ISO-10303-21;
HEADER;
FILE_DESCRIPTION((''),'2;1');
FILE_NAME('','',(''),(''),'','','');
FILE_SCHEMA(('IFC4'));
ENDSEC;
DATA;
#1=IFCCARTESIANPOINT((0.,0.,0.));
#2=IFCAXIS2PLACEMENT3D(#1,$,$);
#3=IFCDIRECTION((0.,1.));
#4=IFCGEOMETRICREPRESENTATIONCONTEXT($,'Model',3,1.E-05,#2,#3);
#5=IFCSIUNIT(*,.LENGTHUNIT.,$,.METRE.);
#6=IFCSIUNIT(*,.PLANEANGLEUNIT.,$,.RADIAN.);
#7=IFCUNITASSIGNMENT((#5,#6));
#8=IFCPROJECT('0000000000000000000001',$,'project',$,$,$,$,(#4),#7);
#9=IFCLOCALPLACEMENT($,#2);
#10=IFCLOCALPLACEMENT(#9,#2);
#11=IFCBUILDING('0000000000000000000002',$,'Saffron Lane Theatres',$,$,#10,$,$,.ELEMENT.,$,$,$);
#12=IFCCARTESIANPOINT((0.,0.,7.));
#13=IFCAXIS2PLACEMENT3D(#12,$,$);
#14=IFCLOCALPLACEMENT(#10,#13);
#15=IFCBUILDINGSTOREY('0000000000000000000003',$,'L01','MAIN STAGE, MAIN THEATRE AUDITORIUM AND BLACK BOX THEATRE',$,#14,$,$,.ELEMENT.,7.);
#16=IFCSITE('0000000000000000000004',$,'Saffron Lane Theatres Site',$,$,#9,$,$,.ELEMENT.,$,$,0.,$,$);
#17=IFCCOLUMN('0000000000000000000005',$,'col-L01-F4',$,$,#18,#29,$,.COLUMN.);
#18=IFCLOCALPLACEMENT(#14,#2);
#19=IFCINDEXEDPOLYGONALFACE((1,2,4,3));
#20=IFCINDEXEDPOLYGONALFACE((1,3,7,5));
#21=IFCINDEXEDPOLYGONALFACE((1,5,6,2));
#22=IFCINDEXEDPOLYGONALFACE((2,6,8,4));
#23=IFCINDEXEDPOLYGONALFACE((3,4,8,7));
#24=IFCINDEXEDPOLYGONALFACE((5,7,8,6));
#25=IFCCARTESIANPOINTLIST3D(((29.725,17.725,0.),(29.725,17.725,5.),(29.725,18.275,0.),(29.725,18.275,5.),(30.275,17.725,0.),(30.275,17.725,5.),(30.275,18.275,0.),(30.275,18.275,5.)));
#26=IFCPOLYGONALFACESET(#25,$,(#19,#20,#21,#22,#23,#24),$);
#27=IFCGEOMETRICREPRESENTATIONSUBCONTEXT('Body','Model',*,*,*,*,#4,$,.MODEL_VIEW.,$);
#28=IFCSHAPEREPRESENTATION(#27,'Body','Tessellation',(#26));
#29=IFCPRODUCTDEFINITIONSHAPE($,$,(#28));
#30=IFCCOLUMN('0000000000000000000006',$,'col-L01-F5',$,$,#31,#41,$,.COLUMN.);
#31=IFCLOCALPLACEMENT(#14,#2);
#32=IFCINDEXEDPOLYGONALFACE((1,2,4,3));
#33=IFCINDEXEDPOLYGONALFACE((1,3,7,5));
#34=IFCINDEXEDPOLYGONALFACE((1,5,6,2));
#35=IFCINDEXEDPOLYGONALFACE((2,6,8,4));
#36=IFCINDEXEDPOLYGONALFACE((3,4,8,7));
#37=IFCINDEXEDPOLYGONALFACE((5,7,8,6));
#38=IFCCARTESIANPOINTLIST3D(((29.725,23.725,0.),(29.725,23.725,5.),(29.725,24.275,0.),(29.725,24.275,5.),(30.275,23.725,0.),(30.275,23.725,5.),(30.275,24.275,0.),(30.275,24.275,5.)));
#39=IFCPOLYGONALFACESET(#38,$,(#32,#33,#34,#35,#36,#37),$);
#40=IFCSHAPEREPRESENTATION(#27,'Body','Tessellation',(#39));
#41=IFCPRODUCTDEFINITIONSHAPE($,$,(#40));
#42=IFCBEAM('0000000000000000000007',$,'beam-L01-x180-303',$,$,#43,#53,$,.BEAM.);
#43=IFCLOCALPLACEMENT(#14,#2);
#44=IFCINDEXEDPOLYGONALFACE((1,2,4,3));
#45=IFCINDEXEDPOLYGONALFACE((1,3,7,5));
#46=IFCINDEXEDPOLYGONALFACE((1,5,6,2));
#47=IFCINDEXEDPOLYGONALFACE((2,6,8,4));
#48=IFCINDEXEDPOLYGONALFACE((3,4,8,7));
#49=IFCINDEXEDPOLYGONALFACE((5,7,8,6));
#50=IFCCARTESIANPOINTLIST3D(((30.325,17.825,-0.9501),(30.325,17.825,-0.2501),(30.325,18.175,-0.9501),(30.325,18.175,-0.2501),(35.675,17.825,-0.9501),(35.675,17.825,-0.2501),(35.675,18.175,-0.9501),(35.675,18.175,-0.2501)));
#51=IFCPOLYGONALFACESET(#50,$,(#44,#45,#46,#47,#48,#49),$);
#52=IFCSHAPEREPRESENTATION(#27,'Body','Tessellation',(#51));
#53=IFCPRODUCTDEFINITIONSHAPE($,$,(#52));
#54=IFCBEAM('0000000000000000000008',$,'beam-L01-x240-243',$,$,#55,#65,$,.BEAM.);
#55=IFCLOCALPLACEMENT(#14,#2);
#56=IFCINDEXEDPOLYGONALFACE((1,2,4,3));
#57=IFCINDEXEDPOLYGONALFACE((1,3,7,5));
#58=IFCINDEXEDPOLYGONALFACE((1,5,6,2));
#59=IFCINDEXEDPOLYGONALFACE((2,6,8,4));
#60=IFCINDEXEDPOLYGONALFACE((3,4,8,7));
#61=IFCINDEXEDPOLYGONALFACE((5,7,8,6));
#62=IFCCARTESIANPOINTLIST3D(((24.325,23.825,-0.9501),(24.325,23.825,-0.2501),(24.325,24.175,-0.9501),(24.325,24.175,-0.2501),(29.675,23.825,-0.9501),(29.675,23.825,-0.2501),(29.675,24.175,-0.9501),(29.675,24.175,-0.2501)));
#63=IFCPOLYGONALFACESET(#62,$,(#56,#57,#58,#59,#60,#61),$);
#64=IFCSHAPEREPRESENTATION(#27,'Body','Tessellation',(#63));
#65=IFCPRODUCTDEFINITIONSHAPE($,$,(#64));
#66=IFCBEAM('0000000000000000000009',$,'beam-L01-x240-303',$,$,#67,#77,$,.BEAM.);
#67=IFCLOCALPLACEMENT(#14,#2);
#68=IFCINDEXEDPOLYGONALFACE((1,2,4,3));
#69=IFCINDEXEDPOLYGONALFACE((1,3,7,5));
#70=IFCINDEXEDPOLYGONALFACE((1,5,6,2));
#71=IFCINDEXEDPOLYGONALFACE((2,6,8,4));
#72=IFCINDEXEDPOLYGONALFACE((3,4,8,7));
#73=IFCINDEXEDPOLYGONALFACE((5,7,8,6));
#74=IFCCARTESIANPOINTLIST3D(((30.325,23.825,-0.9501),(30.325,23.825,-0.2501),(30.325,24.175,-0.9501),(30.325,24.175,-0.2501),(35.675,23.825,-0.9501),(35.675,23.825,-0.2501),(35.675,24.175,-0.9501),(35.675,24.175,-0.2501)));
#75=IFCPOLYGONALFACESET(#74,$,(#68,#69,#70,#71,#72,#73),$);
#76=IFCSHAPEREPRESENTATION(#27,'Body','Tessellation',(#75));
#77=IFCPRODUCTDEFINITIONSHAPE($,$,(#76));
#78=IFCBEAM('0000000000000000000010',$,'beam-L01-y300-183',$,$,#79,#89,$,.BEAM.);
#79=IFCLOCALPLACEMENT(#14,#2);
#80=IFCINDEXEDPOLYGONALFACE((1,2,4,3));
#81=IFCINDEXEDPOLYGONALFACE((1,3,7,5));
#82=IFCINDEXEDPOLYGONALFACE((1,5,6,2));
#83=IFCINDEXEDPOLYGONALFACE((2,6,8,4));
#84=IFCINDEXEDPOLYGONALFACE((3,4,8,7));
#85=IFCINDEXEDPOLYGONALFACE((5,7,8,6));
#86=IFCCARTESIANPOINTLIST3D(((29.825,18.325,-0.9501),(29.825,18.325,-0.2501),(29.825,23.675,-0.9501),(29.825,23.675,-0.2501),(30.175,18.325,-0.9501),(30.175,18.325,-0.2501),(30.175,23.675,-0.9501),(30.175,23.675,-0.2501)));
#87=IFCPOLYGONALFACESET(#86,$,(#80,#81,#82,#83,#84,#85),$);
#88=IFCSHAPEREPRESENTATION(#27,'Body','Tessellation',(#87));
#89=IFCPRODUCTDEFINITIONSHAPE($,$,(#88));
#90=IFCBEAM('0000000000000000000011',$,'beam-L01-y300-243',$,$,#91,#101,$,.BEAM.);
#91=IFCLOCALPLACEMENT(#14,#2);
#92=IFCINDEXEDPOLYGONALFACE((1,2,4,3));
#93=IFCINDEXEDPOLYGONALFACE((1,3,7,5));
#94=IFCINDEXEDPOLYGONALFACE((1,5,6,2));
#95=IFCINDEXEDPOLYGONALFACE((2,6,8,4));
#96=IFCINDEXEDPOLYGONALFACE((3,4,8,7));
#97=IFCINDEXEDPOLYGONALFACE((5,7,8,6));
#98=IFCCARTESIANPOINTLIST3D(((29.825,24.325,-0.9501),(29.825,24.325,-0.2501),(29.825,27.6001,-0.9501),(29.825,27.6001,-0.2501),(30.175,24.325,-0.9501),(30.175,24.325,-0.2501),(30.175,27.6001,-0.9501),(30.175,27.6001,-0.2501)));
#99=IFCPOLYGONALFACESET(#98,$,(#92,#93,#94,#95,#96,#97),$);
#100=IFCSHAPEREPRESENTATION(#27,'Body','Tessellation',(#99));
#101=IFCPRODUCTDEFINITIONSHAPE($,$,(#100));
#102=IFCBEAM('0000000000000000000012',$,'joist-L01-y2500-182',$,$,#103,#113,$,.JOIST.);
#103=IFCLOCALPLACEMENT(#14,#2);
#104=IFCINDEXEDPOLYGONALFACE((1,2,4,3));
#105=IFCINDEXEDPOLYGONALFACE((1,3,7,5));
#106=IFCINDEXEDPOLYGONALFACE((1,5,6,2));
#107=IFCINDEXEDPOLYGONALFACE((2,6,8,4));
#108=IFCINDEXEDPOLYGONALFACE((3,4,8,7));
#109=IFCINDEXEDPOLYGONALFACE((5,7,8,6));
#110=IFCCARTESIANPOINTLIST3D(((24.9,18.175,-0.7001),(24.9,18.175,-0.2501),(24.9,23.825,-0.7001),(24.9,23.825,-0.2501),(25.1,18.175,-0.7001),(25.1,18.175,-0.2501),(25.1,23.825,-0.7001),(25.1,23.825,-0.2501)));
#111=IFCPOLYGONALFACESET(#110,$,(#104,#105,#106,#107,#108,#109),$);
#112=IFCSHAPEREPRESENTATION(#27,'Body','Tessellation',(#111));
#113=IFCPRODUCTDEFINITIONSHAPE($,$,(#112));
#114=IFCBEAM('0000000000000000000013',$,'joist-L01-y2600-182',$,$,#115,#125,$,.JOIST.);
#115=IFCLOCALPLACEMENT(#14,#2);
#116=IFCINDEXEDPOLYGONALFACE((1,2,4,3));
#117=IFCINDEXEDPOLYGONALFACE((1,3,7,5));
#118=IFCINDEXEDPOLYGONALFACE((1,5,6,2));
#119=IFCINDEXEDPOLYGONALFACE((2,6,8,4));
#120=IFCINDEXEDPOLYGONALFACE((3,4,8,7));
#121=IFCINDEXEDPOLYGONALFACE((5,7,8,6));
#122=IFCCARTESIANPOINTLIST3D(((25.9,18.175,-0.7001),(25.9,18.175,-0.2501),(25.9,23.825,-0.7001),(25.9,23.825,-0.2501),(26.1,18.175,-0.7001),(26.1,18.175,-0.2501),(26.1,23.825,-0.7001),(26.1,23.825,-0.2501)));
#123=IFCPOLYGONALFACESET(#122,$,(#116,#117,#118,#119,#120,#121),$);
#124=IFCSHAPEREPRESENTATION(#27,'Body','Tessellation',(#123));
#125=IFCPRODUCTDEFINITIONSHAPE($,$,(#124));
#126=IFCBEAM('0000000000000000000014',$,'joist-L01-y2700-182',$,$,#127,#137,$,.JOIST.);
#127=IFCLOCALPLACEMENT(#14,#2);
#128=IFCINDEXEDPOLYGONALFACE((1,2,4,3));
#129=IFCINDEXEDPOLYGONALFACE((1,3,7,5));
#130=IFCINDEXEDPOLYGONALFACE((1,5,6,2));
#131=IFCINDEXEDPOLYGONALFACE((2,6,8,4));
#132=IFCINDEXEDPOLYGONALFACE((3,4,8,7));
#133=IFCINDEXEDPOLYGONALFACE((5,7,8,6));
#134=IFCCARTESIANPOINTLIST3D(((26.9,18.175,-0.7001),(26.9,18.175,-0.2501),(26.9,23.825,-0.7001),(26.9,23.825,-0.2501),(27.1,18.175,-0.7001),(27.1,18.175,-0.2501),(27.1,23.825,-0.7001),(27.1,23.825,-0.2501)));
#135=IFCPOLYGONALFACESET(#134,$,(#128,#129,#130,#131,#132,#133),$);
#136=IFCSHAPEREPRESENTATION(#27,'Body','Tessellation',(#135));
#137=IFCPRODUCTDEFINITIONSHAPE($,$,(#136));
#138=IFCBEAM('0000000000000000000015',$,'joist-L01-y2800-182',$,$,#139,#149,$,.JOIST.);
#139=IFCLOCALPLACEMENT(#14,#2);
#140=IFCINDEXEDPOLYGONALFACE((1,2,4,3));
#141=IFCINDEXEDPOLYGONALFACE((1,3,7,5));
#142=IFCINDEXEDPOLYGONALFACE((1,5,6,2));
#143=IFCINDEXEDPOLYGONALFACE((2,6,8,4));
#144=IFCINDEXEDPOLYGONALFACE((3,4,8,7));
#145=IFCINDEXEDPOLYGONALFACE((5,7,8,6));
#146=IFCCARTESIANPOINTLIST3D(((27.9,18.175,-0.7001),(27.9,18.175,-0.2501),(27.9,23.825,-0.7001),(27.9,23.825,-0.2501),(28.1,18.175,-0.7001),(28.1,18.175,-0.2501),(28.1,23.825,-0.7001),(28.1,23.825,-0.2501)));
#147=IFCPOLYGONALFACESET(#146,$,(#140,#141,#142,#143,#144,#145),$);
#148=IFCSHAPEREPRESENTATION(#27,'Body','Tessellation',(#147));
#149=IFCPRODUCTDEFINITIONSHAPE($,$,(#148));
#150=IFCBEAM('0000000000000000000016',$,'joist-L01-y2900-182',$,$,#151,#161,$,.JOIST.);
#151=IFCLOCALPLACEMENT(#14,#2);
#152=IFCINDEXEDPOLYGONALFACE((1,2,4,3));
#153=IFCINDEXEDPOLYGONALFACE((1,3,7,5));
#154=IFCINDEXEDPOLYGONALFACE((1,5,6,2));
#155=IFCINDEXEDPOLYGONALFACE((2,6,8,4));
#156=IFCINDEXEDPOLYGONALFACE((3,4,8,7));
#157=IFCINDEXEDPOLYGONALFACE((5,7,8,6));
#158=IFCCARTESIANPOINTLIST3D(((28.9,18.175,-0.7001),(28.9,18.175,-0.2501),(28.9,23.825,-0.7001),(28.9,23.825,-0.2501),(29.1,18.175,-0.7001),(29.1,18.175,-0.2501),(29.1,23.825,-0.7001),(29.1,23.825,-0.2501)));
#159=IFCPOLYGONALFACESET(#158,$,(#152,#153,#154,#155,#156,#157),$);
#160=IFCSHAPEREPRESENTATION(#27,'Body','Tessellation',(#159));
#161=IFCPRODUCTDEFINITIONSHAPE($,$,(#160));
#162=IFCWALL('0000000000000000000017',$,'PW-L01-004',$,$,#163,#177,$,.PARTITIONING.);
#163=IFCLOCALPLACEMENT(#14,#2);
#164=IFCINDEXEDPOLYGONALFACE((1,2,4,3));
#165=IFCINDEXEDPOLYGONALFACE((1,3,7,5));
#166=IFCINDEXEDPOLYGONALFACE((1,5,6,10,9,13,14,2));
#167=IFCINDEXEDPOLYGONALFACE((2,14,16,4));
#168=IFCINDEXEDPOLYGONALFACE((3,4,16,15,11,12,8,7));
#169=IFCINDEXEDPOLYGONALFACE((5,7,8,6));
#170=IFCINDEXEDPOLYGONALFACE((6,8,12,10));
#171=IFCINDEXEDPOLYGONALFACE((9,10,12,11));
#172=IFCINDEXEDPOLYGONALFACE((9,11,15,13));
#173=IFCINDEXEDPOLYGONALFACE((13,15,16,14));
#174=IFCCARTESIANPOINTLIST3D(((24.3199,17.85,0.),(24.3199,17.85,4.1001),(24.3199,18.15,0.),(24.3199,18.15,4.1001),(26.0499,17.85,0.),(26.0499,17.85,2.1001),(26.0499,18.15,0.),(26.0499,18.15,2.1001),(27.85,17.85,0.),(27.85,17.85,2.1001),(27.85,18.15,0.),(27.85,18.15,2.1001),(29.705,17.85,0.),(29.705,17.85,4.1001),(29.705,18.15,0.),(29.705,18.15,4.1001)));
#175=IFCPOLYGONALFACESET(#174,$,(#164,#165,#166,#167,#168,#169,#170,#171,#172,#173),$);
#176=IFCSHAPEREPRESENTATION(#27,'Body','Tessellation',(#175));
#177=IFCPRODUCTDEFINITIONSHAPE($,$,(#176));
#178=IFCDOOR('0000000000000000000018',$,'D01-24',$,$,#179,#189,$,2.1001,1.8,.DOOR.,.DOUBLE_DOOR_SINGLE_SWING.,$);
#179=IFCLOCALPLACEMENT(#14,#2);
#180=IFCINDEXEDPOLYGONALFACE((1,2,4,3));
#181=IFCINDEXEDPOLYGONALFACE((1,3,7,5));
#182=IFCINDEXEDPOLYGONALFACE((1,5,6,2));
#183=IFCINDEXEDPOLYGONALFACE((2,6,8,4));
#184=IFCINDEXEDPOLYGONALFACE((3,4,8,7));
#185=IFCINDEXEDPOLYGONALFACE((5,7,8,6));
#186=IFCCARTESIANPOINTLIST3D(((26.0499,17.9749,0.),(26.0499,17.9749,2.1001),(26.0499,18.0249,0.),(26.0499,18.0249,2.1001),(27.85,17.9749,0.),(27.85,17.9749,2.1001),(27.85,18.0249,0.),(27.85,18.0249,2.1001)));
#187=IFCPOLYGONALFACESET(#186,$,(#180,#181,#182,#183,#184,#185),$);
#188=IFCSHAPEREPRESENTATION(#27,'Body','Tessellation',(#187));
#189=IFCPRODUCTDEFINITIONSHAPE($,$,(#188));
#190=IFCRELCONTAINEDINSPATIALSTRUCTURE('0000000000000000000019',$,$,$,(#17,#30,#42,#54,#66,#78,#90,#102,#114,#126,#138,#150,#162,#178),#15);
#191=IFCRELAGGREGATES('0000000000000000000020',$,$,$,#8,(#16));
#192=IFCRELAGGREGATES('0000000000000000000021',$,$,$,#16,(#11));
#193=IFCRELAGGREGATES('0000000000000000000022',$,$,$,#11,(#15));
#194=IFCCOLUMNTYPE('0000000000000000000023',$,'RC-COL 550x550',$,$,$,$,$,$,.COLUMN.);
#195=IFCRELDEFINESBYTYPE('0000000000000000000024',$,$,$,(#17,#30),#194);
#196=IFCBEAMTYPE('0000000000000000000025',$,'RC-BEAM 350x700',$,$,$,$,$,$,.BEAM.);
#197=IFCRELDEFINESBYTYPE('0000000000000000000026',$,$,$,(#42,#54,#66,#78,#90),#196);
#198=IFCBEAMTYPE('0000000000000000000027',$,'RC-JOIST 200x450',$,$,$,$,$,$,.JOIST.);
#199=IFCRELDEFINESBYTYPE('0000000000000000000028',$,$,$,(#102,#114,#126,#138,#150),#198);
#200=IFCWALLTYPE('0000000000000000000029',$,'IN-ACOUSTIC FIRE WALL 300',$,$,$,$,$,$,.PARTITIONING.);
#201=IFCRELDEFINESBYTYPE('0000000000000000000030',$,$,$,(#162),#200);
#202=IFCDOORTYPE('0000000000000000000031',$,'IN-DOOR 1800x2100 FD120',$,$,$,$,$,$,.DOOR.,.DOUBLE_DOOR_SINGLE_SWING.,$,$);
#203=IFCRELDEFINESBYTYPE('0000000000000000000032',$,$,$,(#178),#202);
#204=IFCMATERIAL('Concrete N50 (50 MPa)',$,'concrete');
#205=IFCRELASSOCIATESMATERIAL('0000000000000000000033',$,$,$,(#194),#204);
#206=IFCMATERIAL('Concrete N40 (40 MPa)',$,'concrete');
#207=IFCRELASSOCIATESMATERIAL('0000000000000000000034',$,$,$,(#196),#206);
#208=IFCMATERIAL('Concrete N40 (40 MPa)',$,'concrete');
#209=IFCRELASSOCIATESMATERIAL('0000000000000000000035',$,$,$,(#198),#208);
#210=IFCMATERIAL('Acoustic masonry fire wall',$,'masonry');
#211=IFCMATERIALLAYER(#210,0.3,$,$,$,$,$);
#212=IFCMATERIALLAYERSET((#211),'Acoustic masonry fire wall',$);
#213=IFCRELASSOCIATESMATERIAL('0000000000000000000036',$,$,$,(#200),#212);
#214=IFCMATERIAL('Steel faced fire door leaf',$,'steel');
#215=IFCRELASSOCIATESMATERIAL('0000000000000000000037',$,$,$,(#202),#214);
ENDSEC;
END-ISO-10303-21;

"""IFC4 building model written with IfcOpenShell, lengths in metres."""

from ifc_helpers import new_model, si_unit, direction, frame, frame_2d, origin, origin_2d, place, context, subcontext, project, spatial, rectangle, extrude, material, layer, layer_set, material_profile, profile_set, type_object, element, fill, save


model = new_model("IFC4")

# Units and contexts
model_context = context("Model", 3, precision=1e-05, world=origin(), true_north=direction((0.0, 1.0)))
body_context = subcontext(model_context, "Body", "Model", "MODEL_VIEW")
ifc_project = project(units=[si_unit("LENGTHUNIT", "METRE"), si_unit("PLANEANGLEUNIT", "RADIAN")], contexts=[model_context])

# Site, building, storey
site_placement = place(None, origin())
site = spatial("IfcSite", under=ifc_project, at=site_placement, Name="Saffron Lane Theatres Site", CompositionType="ELEMENT", RefElevation=0.0)
building_placement = place(site_placement, origin())
building = spatial("IfcBuilding", under=site, at=building_placement, Name="Saffron Lane Theatres", CompositionType="ELEMENT")
storey_placement = place(building_placement, frame((0.0, 0.0, 7.0)))
storey = spatial("IfcBuildingStorey", under=building, at=storey_placement, Name="L01", Description="MAIN STAGE, MAIN THEATRE AUDITORIUM AND BLACK BOX THEATRE", CompositionType="ELEMENT", Elevation=7.0)

# Columns
ifc_material_1 = material(Name="Concrete N50 (50 MPa)", Category="concrete")
ifc_material_profile_1 = material_profile(ifc_material_1, rectangle(XDim=0.55, YDim=0.55, at=origin_2d()))
ifc_profile_set_1 = profile_set([ifc_material_profile_1], Name="Concrete N50 (50 MPa)")
column_type = type_object("IfcColumnType", Name="RC-COL 550x550", PredefinedType="COLUMN", material=ifc_profile_set_1)
for number, where, z_axis, x_axis, name in (
    (1, (30.0, 18.0, 0.0), (0.0, 0.0, 1.0), (1.0, 0.0, 0.0), "col-L01-F4"),
    (2, (30.0, 24.0, 0.0), (0.0, 0.0, 1.0), (1.0, 0.0, 0.0), "col-L01-F5"),
):
    element("IfcColumn", number, at=place(storey_placement, frame(where, z_axis=z_axis, x_axis=x_axis)), inside=storey, type_object=column_type, Name=name, PredefinedType="COLUMN", context=body_context, shape_type="SweptSolid", body=[
        extrude(rectangle(XDim=0.55, YDim=0.55, at=origin_2d()), origin(), (0.0, 0.0, 1.0), 5.0),
    ])

# Beams
ifc_material_2 = material(Name="Concrete N40 (40 MPa)", Category="concrete")
ifc_material_profile_2 = material_profile(ifc_material_2, rectangle(XDim=0.3501, YDim=0.7, at=origin_2d()))
ifc_profile_set_2 = profile_set([ifc_material_profile_2], Name="Concrete N40 (40 MPa)")
beam_type_1 = type_object("IfcBeamType", Name="RC-BEAM 350x700", PredefinedType="BEAM", material=ifc_profile_set_2)
for number, where, z_axis, x_axis, name in (
    (3, (30.325, 18.0, -0.6001), (1.0, 0.0, 0.0), (0.0, 1.0, 0.0), "beam-L01-x180-303"),
    (4, (24.325, 24.0, -0.6001), (1.0, 0.0, 0.0), (0.0, 1.0, 0.0), "beam-L01-x240-243"),
    (5, (30.325, 24.0, -0.6001), (1.0, 0.0, 0.0), (0.0, 1.0, 0.0), "beam-L01-x240-303"),
    (6, (30.0, 18.325, -0.6001), (0.0, 1.0, 0.0), (-1.0, 0.0, 0.0), "beam-L01-y300-183"),
):
    element("IfcBeam", number, at=place(storey_placement, frame(where, z_axis=z_axis, x_axis=x_axis)), inside=storey, type_object=beam_type_1, Name=name, PredefinedType="BEAM", context=body_context, shape_type="SweptSolid", body=[
        extrude(rectangle(XDim=0.3501, YDim=0.7, at=origin_2d()), origin(), (0.0, 0.0, 1.0), 5.3501),
    ])
beam_placement = place(storey_placement, frame((30.0, 24.325, -0.6001), z_axis=(0.0, 1.0, 0.0), x_axis=(-1.0, 0.0, 0.0)))
element("IfcBeam", 7, at=beam_placement, inside=storey, type_object=beam_type_1, Name="beam-L01-y300-243", PredefinedType="BEAM", context=body_context, shape_type="SweptSolid", body=[
    extrude(rectangle(XDim=0.3501, YDim=0.7, at=origin_2d()), origin(), (0.0, 0.0, 1.0), 3.2751),
])
ifc_material_3 = material(Name="Concrete N40 (40 MPa)", Category="concrete")
ifc_material_profile_3 = material_profile(ifc_material_3, rectangle(XDim=0.2, YDim=0.45, at=origin_2d()))
ifc_profile_set_3 = profile_set([ifc_material_profile_3], Name="Concrete N40 (40 MPa)")
beam_type_2 = type_object("IfcBeamType", Name="RC-JOIST 200x450", PredefinedType="JOIST", material=ifc_profile_set_3)
for number, where, z_axis, x_axis, name in (
    (8, (25.0, 18.175, -0.4751), (0.0, 1.0, 0.0), (-1.0, 0.0, 0.0), "joist-L01-y2500-182"),
    (9, (26.0, 18.175, -0.4751), (0.0, 1.0, 0.0), (-1.0, 0.0, 0.0), "joist-L01-y2600-182"),
    (10, (27.0, 18.175, -0.4751), (0.0, 1.0, 0.0), (-1.0, 0.0, 0.0), "joist-L01-y2700-182"),
    (11, (28.0, 18.175, -0.4751), (0.0, 1.0, 0.0), (-1.0, 0.0, 0.0), "joist-L01-y2800-182"),
    (12, (29.0, 18.175, -0.4751), (0.0, 1.0, 0.0), (-1.0, 0.0, 0.0), "joist-L01-y2900-182"),
):
    element("IfcBeam", number, at=place(storey_placement, frame(where, z_axis=z_axis, x_axis=x_axis)), inside=storey, type_object=beam_type_2, Name=name, PredefinedType="JOIST", context=body_context, shape_type="SweptSolid", body=[
        extrude(rectangle(XDim=0.2, YDim=0.45, at=origin_2d()), origin(), (0.0, 0.0, 1.0), 5.6499),
    ])

# Wall, opening, door
ifc_material_4 = material(Name="Acoustic masonry fire wall", Category="masonry")
ifc_layer_1 = layer(ifc_material_4, 0.3)
ifc_layer_set_1 = layer_set([ifc_layer_1], Name="Acoustic masonry fire wall")
wall_type_1 = type_object("IfcWallType", Name="IN-ACOUSTIC FIRE WALL 300", PredefinedType="PARTITIONING", material=ifc_layer_set_1)
wall_1_placement = place(storey_placement, frame((24.3201, 18.0, 0.0), z_axis=(0.0, 0.0, 1.0), x_axis=(1.0, 0.0, 0.0)))
wall_1 = element("IfcWall", 13, at=wall_1_placement, inside=storey, type_object=wall_type_1, Name="PW-L01-004", PredefinedType="PARTITIONING", context=body_context, shape_type="SweptSolid", body=[
    extrude(rectangle(XDim=5.385, YDim=0.3, at=frame_2d((2.6924, 0.0))), origin(), (0.0, 0.0, 1.0), 4.1001),
])
opening_1_placement = place(wall_1_placement, frame((1.73, 0.0, 0.0)))
opening_1 = element("IfcOpeningElement", 14, at=opening_1_placement, cuts=wall_1, PredefinedType="OPENING", context=body_context, shape_type="SweptSolid", body=[
    extrude(rectangle(XDim=1.8, YDim=2.1001, at=frame_2d((0.8999, 1.05))), frame((0.0, 0.1602, 0.0), z_axis=(0.0, -1.0, 0.0), x_axis=(1.0, 0.0, 0.0)), (0.0, 0.0, 1.0), 0.3201),
])
ifc_material_5 = material(Name="Steel faced fire door leaf", Category="steel")
door_type_1 = type_object("IfcDoorType", Name="IN-DOOR 1800x2100 FD120", OperationType="DOUBLE_DOOR_SINGLE_SWING", PredefinedType="DOOR", material=ifc_material_5)
door_1_placement = place(opening_1_placement, origin())
door_1 = element("IfcDoor", 15, at=door_1_placement, inside=storey, type_object=door_type_1, Name="D01-24", OperationType="DOUBLE_DOOR_SINGLE_SWING", OverallHeight=2.1001, OverallWidth=1.8, PredefinedType="DOOR", context=body_context, shape_type="SweptSolid", body=[
    extrude(rectangle(XDim=1.8, YDim=2.1001, at=frame_2d((0.8999, 1.05))), frame((0.0, 0.0249, 0.0), z_axis=(0.0, -1.0, 0.0), x_axis=(1.0, 0.0, 0.0)), (0.0, 0.0, 1.0), 0.05),
])
fill(opening_1, door_1)

save(model, "model.ifc")
